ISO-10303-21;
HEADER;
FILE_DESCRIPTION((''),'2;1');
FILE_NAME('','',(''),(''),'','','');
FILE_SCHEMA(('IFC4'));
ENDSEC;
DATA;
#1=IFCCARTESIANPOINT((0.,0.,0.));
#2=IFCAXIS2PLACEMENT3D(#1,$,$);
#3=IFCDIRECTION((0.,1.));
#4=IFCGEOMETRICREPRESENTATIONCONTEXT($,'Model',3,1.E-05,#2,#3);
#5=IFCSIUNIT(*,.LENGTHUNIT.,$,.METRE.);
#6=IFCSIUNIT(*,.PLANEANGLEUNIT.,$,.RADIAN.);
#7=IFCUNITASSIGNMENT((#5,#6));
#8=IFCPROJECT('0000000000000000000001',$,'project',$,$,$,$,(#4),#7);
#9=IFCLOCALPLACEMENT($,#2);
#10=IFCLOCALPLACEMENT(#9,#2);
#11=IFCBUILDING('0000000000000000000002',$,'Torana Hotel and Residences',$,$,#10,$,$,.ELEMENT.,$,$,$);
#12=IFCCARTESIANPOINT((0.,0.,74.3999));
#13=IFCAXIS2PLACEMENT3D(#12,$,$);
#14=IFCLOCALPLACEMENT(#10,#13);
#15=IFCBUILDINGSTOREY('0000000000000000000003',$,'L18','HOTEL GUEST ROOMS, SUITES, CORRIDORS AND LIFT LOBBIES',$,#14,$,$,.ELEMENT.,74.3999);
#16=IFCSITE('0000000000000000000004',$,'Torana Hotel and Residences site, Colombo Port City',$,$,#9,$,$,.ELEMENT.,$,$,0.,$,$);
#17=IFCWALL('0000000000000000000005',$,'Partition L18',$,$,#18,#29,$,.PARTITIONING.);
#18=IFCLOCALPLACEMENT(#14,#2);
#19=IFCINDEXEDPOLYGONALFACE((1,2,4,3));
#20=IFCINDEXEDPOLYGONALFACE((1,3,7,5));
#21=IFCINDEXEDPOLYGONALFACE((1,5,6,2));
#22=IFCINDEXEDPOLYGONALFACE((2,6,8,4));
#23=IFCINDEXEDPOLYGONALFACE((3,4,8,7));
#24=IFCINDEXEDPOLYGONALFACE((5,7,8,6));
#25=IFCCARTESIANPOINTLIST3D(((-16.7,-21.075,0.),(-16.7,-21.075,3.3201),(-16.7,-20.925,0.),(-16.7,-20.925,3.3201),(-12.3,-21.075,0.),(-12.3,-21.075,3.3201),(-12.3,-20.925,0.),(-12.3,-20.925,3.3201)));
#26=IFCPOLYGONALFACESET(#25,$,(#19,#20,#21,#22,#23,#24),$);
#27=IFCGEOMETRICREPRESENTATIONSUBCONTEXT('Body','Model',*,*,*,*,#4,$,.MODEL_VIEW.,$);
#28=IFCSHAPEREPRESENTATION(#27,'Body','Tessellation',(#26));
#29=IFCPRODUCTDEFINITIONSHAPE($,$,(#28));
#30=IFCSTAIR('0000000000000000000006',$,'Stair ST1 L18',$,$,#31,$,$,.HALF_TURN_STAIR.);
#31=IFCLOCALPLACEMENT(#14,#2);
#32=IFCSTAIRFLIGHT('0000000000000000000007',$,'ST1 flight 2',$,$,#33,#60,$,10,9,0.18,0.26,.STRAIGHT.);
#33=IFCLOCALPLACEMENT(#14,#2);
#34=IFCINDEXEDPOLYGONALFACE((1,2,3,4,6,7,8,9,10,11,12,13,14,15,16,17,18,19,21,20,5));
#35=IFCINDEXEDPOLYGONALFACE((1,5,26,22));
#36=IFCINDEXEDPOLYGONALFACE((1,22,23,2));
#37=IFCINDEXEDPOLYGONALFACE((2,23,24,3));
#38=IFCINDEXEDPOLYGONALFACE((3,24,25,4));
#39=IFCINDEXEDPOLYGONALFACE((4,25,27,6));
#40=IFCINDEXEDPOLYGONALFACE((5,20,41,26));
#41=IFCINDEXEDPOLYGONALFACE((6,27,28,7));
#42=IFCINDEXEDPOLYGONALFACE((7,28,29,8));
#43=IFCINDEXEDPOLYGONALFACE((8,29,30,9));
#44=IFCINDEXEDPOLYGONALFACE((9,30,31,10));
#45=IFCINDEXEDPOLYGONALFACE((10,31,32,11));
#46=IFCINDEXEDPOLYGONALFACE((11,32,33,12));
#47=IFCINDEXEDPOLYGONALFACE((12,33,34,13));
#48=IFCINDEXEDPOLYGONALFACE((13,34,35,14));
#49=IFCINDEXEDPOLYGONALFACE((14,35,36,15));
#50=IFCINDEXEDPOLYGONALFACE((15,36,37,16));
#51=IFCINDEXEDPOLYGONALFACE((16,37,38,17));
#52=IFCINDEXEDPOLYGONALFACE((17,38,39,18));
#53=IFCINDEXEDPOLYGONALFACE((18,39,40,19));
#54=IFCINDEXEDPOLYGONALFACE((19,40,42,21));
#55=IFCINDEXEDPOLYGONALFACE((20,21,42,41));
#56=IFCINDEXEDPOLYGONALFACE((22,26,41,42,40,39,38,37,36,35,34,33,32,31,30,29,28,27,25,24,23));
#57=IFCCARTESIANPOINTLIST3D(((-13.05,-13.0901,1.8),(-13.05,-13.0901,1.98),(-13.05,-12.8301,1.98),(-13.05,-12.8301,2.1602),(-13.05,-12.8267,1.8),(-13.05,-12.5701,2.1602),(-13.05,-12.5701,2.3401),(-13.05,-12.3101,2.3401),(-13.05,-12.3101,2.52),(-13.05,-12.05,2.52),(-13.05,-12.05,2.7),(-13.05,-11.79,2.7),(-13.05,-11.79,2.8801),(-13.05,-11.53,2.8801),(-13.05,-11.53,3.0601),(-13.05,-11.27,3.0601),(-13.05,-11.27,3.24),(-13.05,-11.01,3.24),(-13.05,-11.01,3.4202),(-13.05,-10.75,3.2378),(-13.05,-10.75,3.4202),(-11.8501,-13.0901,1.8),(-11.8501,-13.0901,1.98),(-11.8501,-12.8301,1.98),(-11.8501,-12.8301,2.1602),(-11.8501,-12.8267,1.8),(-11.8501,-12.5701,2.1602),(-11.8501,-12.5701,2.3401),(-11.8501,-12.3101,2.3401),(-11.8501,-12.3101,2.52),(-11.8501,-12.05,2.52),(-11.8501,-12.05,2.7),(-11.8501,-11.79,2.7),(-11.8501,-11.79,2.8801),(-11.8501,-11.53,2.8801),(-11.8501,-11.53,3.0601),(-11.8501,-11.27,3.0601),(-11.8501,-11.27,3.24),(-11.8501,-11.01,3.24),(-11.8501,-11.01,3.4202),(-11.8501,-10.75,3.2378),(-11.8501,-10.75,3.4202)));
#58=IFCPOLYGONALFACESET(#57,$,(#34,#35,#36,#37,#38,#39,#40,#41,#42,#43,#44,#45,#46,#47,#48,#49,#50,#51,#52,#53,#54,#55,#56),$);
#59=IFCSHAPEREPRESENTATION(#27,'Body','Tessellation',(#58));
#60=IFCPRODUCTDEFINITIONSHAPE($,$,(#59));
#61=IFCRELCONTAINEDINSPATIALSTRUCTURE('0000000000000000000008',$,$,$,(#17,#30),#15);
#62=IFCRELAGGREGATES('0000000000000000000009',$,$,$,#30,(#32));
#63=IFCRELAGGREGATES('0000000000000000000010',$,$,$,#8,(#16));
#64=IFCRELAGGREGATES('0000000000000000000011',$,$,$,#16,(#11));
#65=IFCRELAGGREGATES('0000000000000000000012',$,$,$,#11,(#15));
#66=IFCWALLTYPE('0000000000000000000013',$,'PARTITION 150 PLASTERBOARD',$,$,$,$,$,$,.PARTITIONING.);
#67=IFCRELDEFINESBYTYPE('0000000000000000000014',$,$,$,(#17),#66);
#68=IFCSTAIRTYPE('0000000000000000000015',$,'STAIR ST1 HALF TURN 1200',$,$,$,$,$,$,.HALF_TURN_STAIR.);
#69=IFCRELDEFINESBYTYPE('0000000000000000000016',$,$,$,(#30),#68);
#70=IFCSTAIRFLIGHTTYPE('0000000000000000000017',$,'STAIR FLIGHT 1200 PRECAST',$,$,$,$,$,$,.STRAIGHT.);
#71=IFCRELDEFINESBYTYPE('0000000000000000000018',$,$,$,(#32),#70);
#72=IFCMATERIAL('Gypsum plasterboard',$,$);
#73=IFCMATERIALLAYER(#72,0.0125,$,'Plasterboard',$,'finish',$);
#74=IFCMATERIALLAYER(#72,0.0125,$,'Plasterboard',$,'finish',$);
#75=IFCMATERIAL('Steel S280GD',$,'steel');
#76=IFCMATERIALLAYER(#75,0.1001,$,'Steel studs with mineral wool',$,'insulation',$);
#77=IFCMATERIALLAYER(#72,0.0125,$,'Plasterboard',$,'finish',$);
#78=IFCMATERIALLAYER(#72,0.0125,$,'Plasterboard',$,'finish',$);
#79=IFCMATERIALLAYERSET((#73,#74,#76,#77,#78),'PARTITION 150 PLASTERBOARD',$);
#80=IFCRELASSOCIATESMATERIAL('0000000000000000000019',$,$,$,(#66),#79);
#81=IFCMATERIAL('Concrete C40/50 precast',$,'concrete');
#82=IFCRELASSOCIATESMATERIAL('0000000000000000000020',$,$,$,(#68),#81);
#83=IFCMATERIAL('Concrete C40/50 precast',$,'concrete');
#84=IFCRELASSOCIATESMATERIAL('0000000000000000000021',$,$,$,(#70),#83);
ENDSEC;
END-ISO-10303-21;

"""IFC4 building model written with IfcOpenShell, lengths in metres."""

from ifc_helpers import new_model, si_unit, direction, frame, frame_2d, origin, place, context, subcontext, project, spatial, polyline, rectangle, outline, extrude, material, layer, layer_set, type_object, element, aggregate, save


model = new_model("IFC4")

# Units and contexts
model_context = context("Model", 3, precision=1e-05, world=origin(), true_north=direction((0.0, 1.0)))
body_context = subcontext(model_context, "Body", "Model", "MODEL_VIEW")
ifc_project = project(units=[si_unit("LENGTHUNIT", "METRE"), si_unit("PLANEANGLEUNIT", "RADIAN")], contexts=[model_context])

# Site, building, storey
site_placement = place(None, origin())
site = spatial("IfcSite", under=ifc_project, at=site_placement, Name="Torana Hotel and Residences site, Colombo Port City", CompositionType="ELEMENT", RefElevation=0.0)
building_placement = place(site_placement, origin())
building = spatial("IfcBuilding", under=site, at=building_placement, Name="Torana Hotel and Residences", CompositionType="ELEMENT")
storey_placement = place(building_placement, frame((0.0, 0.0, 74.3999)))
storey = spatial("IfcBuildingStorey", under=building, at=storey_placement, Name="L18", Description="HOTEL GUEST ROOMS, SUITES, CORRIDORS AND LIFT LOBBIES", CompositionType="ELEMENT", Elevation=74.3999)

# Shared definitions
ifc_material_1 = material(Name="Gypsum plasterboard")
ifc_layer_1 = layer(ifc_material_1, 0.0125, Name="Plasterboard", Category="finish")
ifc_layer_2 = layer(ifc_material_1, 0.0125, Name="Plasterboard", Category="finish")
ifc_material_2 = material(Name="Steel S280GD", Category="steel")
ifc_layer_3 = layer(ifc_material_2, 0.1001, Name="Steel studs with mineral wool", Category="insulation")
ifc_layer_4 = layer(ifc_material_1, 0.0125, Name="Plasterboard", Category="finish")
ifc_layer_5 = layer(ifc_material_1, 0.0125, Name="Plasterboard", Category="finish")
ifc_layer_set_1 = layer_set([ifc_layer_1, ifc_layer_2, ifc_layer_3, ifc_layer_4, ifc_layer_5], Name="PARTITION 150 PLASTERBOARD")
wall_type_1 = type_object("IfcWallType", Name="PARTITION 150 PLASTERBOARD", PredefinedType="PARTITIONING", material=ifc_layer_set_1)

# Wall
wall_1_placement = place(storey_placement, frame((-16.7, -21.0, 0.0), z_axis=(0.0, 0.0, 1.0), x_axis=(1.0, 0.0, 0.0)))
element("IfcWall", 1, at=wall_1_placement, inside=storey, type_object=wall_type_1, Name="Partition L18", PredefinedType="PARTITIONING", context=body_context, shape_type="SweptSolid", body=[
    extrude(rectangle(XDim=4.3999, YDim=0.1499, at=frame_2d((2.2, 0.0))), origin(), (0.0, 0.0, 1.0), 3.3201),
])

# Stair, stair flight
ifc_material_3 = material(Name="Concrete C40/50 precast", Category="concrete")
stair_type = type_object("IfcStairType", Name="STAIR ST1 HALF TURN 1200", PredefinedType="HALF_TURN_STAIR", material=ifc_material_3)
stair_placement = place(storey_placement, origin())
stair = element("IfcStair", 2, at=stair_placement, inside=storey, type_object=stair_type, Name="Stair ST1 L18", PredefinedType="HALF_TURN_STAIR")
ifc_material_4 = material(Name="Concrete C40/50 precast", Category="concrete")
stair_flight_type = type_object("IfcStairFlightType", Name="STAIR FLIGHT 1200 PRECAST", PredefinedType="STRAIGHT", material=ifc_material_4)
stair_flight_placement = place(storey_placement, frame((-12.45, -13.0901, 1.8), z_axis=(0.0, 0.0, 1.0), x_axis=(0.0, 1.0, 0.0)))
stair_flight = element("IfcStairFlight", 3, at=stair_flight_placement, type_object=stair_flight_type, Name="ST1 flight 2", NumberOfRisers=10, NumberOfTreads=9, PredefinedType="STRAIGHT", RiserHeight=0.18, TreadLength=0.26, context=body_context, shape_type="SweptSolid", body=[
    extrude(outline(polyline([(0.0, 0.0), (0.0, 0.1799), (0.26, 0.1799), (0.26, 0.3601), (0.52, 0.3601), (0.52, 0.54), (0.78, 0.54), (0.78, 0.72), (1.04, 0.72), (1.04, 0.8999), (1.3, 0.8999), (1.3, 1.0801), (1.5601, 1.0801), (1.5601, 1.26), (1.8201, 1.26), (1.8201, 1.4399), (2.0801, 1.4399), (2.0801, 1.6201), (2.3401, 1.6201), (2.3401, 1.8), (2.3401, 1.4377), (0.2634, 0.0), (0.0, 0.0)])), frame((0.0, 0.6001, 0.0), z_axis=(0.0, -1.0, 0.0), x_axis=(1.0, 0.0, 0.0)), (0.0, 0.0, 1.0), 1.2),
])
aggregate(stair, [stair_flight])

save(model, "model.ifc")
